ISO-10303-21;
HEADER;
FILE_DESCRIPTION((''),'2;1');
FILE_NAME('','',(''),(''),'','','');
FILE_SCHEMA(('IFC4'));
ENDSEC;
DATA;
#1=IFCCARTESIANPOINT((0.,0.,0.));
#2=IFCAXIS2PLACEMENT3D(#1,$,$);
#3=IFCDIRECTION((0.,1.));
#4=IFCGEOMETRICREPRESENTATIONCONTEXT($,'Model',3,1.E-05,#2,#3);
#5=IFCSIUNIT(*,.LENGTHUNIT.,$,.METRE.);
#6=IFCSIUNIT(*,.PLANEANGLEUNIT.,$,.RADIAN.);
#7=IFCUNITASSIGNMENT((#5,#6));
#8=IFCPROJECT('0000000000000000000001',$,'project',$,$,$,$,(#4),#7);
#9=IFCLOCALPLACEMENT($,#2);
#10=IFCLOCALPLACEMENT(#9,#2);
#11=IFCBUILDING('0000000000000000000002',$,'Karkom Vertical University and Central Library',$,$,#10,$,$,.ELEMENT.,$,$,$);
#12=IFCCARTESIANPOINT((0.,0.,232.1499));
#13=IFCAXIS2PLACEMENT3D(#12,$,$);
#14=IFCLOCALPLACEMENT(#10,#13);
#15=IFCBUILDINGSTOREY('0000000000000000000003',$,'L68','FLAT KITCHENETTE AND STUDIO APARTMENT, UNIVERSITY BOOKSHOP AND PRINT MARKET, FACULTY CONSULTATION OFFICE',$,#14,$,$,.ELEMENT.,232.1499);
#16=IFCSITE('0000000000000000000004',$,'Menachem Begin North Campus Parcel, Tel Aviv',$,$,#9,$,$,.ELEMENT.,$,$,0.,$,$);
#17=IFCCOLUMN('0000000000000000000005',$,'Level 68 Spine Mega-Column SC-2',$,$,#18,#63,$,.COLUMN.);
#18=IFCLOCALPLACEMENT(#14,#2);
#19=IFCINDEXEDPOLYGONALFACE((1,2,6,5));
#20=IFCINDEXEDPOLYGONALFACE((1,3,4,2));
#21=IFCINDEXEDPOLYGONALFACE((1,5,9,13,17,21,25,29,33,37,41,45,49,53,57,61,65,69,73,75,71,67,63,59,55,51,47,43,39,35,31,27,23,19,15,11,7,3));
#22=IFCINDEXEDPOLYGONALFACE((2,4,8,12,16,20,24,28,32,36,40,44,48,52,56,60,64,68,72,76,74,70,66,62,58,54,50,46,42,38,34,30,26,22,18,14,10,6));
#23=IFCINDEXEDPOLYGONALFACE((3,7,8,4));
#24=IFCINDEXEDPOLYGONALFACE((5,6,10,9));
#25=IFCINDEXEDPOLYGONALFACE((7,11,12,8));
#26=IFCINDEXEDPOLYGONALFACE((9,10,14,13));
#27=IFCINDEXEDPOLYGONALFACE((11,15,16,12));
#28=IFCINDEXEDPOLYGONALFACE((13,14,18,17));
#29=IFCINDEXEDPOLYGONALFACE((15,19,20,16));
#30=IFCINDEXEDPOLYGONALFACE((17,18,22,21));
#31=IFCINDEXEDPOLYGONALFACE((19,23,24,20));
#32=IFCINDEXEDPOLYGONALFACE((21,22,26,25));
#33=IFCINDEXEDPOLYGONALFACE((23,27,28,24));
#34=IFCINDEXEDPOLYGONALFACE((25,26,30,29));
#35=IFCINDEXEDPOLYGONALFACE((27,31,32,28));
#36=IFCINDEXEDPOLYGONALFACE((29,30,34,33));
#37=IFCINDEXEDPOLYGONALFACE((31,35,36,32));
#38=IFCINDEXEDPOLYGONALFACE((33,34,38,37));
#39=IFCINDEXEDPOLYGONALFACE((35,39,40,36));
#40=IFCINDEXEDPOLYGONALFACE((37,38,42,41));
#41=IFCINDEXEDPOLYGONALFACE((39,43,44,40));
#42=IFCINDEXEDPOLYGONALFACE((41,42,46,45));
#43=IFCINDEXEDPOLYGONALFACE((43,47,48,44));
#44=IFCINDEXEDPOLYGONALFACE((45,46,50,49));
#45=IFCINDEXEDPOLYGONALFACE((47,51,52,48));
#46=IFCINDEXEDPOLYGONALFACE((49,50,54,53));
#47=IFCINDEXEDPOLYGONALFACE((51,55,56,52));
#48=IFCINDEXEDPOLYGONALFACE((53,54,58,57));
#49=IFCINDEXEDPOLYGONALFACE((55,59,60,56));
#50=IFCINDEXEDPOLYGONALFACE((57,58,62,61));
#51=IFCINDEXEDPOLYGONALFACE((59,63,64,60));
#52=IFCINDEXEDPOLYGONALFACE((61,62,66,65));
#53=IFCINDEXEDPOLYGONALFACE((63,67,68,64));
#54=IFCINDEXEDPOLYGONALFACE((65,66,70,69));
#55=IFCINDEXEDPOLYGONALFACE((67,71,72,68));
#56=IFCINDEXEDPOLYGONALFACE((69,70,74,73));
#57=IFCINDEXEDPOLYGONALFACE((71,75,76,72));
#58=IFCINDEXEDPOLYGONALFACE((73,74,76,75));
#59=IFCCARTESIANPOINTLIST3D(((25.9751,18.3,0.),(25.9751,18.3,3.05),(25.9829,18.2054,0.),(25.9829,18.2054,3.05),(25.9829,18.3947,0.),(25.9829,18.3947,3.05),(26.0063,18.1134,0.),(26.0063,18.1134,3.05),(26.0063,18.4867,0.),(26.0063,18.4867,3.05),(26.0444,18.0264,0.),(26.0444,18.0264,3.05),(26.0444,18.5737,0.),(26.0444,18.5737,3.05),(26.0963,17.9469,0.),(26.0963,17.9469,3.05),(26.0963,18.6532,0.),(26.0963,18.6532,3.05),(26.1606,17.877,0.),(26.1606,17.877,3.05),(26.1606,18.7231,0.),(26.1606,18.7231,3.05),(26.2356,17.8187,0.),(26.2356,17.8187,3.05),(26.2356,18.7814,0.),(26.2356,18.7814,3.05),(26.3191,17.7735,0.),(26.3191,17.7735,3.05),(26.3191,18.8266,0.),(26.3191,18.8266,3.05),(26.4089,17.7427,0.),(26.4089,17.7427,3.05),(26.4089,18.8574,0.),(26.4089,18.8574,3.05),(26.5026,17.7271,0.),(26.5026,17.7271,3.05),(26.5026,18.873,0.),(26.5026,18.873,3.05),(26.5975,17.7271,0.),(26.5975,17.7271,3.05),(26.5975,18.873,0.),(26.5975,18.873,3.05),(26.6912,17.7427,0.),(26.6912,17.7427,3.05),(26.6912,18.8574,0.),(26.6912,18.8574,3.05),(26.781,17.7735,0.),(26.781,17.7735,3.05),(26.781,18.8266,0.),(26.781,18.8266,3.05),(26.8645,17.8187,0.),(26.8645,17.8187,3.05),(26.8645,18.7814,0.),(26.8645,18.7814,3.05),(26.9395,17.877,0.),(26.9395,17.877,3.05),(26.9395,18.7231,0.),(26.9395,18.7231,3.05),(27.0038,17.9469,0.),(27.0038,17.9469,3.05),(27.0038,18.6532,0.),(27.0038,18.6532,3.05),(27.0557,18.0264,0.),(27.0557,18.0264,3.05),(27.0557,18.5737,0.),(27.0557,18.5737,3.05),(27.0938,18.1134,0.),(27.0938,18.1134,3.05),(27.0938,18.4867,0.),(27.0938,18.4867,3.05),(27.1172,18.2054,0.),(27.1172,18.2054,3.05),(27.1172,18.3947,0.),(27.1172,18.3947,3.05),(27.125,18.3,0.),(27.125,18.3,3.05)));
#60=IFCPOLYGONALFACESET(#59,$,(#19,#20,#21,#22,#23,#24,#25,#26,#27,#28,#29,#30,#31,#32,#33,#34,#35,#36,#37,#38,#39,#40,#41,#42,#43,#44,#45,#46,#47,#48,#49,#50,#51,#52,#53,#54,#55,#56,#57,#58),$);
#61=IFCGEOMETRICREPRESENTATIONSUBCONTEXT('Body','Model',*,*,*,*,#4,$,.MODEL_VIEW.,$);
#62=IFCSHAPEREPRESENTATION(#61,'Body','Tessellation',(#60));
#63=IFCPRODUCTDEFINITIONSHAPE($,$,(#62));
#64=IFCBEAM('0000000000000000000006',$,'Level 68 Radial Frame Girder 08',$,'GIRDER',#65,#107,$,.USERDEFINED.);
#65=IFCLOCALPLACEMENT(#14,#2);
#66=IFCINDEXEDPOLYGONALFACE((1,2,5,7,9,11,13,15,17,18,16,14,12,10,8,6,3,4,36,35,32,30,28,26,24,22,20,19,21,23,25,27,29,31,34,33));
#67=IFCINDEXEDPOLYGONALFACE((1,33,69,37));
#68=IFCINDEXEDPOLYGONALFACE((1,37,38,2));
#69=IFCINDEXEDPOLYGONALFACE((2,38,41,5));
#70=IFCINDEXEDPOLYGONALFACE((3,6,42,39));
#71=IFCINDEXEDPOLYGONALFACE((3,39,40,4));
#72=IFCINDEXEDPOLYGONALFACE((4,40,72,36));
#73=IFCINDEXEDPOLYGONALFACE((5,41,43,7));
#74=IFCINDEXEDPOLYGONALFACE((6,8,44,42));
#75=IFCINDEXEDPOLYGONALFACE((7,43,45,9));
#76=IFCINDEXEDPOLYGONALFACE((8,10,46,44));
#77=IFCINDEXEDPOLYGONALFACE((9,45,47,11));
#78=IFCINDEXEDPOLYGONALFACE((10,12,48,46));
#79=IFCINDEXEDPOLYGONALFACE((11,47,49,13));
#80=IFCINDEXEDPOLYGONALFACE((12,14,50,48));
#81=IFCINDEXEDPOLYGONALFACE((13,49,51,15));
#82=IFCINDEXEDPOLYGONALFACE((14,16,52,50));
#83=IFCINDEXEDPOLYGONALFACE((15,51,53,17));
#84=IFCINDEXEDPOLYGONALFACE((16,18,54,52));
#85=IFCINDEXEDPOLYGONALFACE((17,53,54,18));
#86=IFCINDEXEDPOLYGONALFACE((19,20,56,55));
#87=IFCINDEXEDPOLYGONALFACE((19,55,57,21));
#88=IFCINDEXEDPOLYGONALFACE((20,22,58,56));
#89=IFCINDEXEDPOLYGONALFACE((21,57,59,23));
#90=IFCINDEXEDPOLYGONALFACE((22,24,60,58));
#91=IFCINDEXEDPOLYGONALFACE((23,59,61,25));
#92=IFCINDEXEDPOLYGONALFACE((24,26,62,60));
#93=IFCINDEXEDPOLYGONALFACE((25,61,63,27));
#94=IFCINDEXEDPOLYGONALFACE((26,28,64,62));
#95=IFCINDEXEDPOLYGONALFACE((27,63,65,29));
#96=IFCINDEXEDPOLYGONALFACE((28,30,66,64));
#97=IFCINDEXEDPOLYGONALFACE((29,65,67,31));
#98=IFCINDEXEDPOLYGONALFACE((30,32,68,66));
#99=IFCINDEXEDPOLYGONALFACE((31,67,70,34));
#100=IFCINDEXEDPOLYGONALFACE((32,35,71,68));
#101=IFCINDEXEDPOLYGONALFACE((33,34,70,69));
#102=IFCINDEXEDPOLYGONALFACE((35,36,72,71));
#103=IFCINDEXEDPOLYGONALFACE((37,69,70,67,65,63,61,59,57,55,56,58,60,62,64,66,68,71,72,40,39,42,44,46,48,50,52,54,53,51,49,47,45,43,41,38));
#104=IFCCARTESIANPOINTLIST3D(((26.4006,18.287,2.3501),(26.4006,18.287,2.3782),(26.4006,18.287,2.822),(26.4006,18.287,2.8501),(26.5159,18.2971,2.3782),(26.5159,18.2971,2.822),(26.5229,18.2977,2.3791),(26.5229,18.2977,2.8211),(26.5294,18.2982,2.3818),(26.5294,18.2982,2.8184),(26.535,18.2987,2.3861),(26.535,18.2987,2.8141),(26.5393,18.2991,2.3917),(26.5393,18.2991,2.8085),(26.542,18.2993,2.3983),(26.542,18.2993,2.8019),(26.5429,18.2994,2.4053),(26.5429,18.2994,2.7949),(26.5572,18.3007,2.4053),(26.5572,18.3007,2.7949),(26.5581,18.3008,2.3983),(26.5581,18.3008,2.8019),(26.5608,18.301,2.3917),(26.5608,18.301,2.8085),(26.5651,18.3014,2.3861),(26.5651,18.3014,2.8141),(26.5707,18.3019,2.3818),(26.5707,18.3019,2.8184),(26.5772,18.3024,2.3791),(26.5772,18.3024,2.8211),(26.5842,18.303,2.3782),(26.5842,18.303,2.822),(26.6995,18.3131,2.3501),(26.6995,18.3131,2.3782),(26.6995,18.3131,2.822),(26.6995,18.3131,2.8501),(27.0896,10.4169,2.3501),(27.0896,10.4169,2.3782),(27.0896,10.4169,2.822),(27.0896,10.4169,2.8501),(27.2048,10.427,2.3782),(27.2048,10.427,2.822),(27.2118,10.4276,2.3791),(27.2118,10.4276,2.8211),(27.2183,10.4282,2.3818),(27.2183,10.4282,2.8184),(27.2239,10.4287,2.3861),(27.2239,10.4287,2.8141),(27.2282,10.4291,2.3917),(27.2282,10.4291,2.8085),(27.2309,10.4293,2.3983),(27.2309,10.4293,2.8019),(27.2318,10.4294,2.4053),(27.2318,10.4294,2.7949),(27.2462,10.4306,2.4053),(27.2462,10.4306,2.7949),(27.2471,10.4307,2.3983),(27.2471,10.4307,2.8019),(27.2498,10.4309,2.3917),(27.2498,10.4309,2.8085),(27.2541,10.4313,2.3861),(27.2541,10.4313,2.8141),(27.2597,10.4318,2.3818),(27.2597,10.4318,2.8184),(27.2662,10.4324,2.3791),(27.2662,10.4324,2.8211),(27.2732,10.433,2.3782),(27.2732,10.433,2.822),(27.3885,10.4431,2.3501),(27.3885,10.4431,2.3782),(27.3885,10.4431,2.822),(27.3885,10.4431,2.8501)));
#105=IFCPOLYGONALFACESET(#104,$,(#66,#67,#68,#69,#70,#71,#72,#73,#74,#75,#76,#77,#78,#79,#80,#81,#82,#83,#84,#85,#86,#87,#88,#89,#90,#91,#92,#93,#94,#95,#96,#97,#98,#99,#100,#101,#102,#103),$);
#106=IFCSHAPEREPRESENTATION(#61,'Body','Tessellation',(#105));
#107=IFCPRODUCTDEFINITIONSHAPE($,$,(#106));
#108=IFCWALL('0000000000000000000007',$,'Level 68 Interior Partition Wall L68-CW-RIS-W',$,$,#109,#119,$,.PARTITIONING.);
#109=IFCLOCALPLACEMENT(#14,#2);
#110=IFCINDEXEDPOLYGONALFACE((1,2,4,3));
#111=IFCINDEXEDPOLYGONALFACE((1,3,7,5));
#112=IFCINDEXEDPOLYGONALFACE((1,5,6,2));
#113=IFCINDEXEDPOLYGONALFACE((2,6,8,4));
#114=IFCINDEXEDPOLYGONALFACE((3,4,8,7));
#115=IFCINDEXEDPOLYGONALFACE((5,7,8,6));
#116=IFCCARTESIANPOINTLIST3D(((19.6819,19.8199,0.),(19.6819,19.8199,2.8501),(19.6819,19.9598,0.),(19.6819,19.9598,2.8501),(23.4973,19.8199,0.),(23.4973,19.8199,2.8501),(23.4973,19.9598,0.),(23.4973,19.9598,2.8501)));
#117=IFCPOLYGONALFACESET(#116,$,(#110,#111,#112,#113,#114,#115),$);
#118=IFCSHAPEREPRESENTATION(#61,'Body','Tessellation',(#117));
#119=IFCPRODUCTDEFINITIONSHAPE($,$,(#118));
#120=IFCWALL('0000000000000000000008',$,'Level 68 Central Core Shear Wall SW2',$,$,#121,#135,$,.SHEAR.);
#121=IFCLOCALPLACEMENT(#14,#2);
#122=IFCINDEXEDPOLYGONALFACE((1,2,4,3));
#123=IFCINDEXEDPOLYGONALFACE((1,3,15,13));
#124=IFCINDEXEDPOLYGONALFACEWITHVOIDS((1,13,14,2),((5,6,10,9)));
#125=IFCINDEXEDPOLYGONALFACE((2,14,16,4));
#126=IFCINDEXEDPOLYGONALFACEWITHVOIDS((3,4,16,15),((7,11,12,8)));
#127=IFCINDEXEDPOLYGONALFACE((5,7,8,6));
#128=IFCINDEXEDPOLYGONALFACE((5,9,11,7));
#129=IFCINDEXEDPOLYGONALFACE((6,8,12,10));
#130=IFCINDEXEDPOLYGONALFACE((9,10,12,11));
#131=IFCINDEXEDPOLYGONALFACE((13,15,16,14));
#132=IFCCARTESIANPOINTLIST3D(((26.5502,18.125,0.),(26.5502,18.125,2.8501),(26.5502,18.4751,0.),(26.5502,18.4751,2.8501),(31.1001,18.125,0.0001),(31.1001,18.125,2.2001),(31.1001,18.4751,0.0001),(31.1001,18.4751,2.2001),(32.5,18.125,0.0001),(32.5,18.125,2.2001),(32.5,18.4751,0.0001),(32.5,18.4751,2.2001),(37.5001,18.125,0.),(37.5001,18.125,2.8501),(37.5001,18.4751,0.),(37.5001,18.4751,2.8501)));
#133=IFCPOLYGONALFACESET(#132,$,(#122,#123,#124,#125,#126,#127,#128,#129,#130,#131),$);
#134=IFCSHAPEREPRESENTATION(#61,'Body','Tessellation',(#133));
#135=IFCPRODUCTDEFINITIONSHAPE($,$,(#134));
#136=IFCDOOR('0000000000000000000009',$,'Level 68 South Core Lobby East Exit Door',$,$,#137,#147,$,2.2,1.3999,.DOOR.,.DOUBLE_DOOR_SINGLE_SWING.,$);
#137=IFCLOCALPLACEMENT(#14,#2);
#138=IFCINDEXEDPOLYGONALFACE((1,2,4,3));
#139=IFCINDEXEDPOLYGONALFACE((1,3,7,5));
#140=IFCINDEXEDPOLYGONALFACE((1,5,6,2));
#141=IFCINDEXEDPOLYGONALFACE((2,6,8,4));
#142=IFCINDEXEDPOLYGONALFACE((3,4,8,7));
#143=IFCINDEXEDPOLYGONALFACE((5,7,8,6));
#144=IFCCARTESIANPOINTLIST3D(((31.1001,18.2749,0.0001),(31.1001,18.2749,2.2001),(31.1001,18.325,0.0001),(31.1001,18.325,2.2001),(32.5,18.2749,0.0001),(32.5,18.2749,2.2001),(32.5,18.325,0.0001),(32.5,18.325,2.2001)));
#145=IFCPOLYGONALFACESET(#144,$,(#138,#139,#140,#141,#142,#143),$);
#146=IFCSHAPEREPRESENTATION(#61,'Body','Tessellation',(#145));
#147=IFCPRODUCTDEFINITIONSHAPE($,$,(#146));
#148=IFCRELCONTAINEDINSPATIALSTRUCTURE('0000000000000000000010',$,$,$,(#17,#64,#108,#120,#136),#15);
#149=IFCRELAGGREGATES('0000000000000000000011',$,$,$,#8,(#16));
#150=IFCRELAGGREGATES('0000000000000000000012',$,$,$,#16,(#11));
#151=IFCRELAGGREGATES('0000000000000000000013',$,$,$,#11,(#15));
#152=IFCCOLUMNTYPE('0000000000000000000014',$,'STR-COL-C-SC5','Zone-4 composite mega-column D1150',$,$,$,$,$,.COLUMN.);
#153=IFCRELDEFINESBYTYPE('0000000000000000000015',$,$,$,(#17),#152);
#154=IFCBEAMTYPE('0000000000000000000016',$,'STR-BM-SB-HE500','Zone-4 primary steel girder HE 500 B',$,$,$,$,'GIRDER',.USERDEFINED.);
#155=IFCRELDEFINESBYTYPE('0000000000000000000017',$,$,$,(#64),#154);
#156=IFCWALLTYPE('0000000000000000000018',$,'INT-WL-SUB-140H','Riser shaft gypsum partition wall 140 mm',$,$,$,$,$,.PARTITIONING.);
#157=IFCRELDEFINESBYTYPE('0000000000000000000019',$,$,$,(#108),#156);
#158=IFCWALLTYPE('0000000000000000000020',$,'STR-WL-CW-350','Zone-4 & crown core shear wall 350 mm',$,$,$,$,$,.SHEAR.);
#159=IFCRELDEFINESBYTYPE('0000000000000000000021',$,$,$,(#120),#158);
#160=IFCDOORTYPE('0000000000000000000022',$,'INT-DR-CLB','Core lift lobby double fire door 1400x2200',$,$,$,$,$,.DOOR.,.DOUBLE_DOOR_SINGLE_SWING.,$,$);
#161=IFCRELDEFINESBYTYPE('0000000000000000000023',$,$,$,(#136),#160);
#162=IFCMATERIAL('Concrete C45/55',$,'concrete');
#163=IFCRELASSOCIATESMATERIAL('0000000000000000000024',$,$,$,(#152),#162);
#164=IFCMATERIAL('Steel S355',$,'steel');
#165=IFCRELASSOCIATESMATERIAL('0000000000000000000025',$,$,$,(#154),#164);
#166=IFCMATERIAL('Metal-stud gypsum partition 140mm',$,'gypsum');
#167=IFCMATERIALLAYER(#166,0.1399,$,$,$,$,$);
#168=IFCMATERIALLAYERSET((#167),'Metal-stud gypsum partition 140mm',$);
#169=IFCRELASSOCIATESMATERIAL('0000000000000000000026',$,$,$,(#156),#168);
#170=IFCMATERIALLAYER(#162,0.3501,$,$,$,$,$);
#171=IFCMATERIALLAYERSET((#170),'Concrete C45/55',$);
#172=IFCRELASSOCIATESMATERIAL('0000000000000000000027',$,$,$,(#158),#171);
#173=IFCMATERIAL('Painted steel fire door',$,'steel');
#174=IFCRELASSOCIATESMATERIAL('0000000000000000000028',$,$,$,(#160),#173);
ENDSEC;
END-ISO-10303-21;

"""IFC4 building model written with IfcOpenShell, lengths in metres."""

from ifc_helpers import new_model, si_unit, direction, frame, frame_2d, origin, origin_with_axes, origin_2d, place, context, subcontext, project, spatial, rectangle, circle, i_section, extrude, source, transform, mapped, material, layer, layer_set, material_profile, profile_set, type_object, element, fill, save


model = new_model("IFC4")

# Units and contexts
model_context = context("Model", 3, precision=1e-05, world=origin(), true_north=direction((0.0, 1.0)))
body_context = subcontext(model_context, "Body", "Model", "MODEL_VIEW")
ifc_project = project(units=[si_unit("LENGTHUNIT", "METRE"), si_unit("PLANEANGLEUNIT", "RADIAN")], contexts=[model_context])

# Site, building, storey
site_placement = place(None, origin())
site = spatial("IfcSite", under=ifc_project, at=site_placement, Name="Menachem Begin North Campus Parcel, Tel Aviv", CompositionType="ELEMENT", RefElevation=0.0)
building_placement = place(site_placement, origin())
building = spatial("IfcBuilding", under=site, at=building_placement, Name="Karkom Vertical University and Central Library", CompositionType="ELEMENT")
storey_placement = place(building_placement, frame((0.0, 0.0, 232.1499)))
storey = spatial("IfcBuildingStorey", under=building, at=storey_placement, Name="L68", Description="FLAT KITCHENETTE AND STUDIO APARTMENT, UNIVERSITY BOOKSHOP AND PRINT MARKET, FACULTY CONSULTATION OFFICE", CompositionType="ELEMENT", Elevation=232.1499)

# Column
ifc_material_1 = material(Name="Concrete C45/55", Category="concrete")
ifc_material_profile_1 = material_profile(ifc_material_1, circle(Radius=0.575, at=origin_2d()), Name="CFT-D1150")
ifc_profile_set_1 = profile_set([ifc_material_profile_1], Name="Concrete C45/55")
column_type = type_object("IfcColumnType", Name="STR-COL-C-SC5", Description="Zone-4 composite mega-column D1150", PredefinedType="COLUMN", material=ifc_profile_set_1)
shared_shape_1 = source(origin_with_axes(), body_context, "Body", "SweptSolid", [
    extrude(circle(Radius=0.575, at=origin_2d()), origin(), (0.0, 0.0, 1.0), 3.05),
])
column_placement = place(storey_placement, frame((26.55, 18.3, 0.0), z_axis=(0.0, 0.0, 1.0), x_axis=(1.0, 0.0, 0.0)))
element("IfcColumn", 1, at=column_placement, inside=storey, type_object=column_type, Name="Level 68 Spine Mega-Column SC-2", PredefinedType="COLUMN", context=body_context, shape_type="MappedRepresentation", body=[
    mapped(shared_shape_1, transform((0.0, 0.0, 0.0), scale=1.0)),
])

# Beam
ifc_material_2 = material(Name="Steel S355", Category="steel")
ifc_material_profile_2 = material_profile(ifc_material_2, i_section(OverallWidth=0.3, OverallDepth=0.5, WebThickness=0.0144, FlangeThickness=0.0281, FilletRadius=0.0271, at=origin_2d()), Name="HE 500 B")
ifc_profile_set_2 = profile_set([ifc_material_profile_2], Name="Steel S355")
beam_type = type_object("IfcBeamType", Name="STR-BM-SB-HE500", Description="Zone-4 primary steel girder HE 500 B", ElementType="GIRDER", PredefinedType="USERDEFINED", material=ifc_profile_set_2)
shared_shape_2 = source(origin_with_axes(), body_context, "Body", "SweptSolid", [
    extrude(i_section(OverallWidth=0.3, OverallDepth=0.5, WebThickness=0.0144, FlangeThickness=0.0281, FilletRadius=0.0271, at=origin_2d()), origin(), (0.0, 0.0, 1.0), 7.9001),
])
beam_placement = place(storey_placement, frame((26.55, 18.3, 2.6001), z_axis=(0.087208, -0.99619, 0.0), x_axis=(0.99619, 0.087208, 0.0)))
element("IfcBeam", 2, at=beam_placement, inside=storey, type_object=beam_type, Name="Level 68 Radial Frame Girder 08", ObjectType="GIRDER", PredefinedType="USERDEFINED", context=body_context, shape_type="MappedRepresentation", body=[
    mapped(shared_shape_2, transform((0.0, 0.0, 0.0), scale=1.0)),
])

# Wall
ifc_material_3 = material(Name="Metal-stud gypsum partition 140mm", Category="gypsum")
ifc_layer_1 = layer(ifc_material_3, 0.1399)
ifc_layer_set_1 = layer_set([ifc_layer_1], Name="Metal-stud gypsum partition 140mm")
wall_type_1 = type_object("IfcWallType", Name="INT-WL-SUB-140H", Description="Riser shaft gypsum partition wall 140 mm", PredefinedType="PARTITIONING", material=ifc_layer_set_1)
wall_1_placement = place(storey_placement, frame((19.6819, 19.8899, 0.0), z_axis=(0.0, 0.0, 1.0), x_axis=(1.0, 0.0, 0.0)))
element("IfcWall", 3, at=wall_1_placement, inside=storey, type_object=wall_type_1, Name="Level 68 Interior Partition Wall L68-CW-RIS-W", PredefinedType="PARTITIONING", context=body_context, shape_type="SweptSolid", body=[
    extrude(rectangle(XDim=3.8154, YDim=0.1399, at=frame_2d((1.9077, 0.0))), origin(), (0.0, 0.0, 1.0), 2.8501),
])

# Wall, opening, door
ifc_layer_2 = layer(ifc_material_1, 0.3501)
ifc_layer_set_2 = layer_set([ifc_layer_2], Name="Concrete C45/55")
wall_type_2 = type_object("IfcWallType", Name="STR-WL-CW-350", Description="Zone-4 & crown core shear wall 350 mm", PredefinedType="SHEAR", material=ifc_layer_set_2)
wall_2_placement = place(storey_placement, frame((26.55, 18.3, 0.0), z_axis=(0.0, 0.0, 1.0), x_axis=(1.0, 0.0, 0.0)))
wall_2 = element("IfcWall", 4, at=wall_2_placement, inside=storey, type_object=wall_type_2, Name="Level 68 Central Core Shear Wall SW2", PredefinedType="SHEAR", context=body_context, shape_type="SweptSolid", body=[
    extrude(rectangle(XDim=10.95, YDim=0.3501, at=frame_2d((5.4751, 0.0))), origin(), (0.0, 0.0, 1.0), 2.8501),
])
opening_1_placement = place(wall_2_placement, frame((4.55, 0.0, 0.0)))
opening_1 = element("IfcOpeningElement", 5, at=opening_1_placement, cuts=wall_2, PredefinedType="OPENING", context=body_context, shape_type="SweptSolid", body=[
    extrude(rectangle(XDim=1.3999, YDim=2.2, at=frame_2d((0.7, 1.1001))), frame((0.0, 0.1851, 0.0), z_axis=(0.0, -1.0, 0.0), x_axis=(1.0, 0.0, 0.0)), (0.0, 0.0, 1.0), 0.3701),
])
ifc_material_4 = material(Name="Painted steel fire door", Category="steel")
door_type_1 = type_object("IfcDoorType", Name="INT-DR-CLB", Description="Core lift lobby double fire door 1400x2200", OperationType="DOUBLE_DOOR_SINGLE_SWING", PredefinedType="DOOR", material=ifc_material_4)
shared_shape_3 = source(origin_with_axes(), body_context, "Body", "SweptSolid", [
    extrude(rectangle(XDim=1.3999, YDim=2.2, at=frame_2d((0.7, 1.1001))), frame((0.0, 0.0249, 0.0), z_axis=(0.0, -1.0, 0.0), x_axis=(1.0, 0.0, 0.0)), (0.0, 0.0, 1.0), 0.05),
])
door_1_placement = place(opening_1_placement, origin())
door_1 = element("IfcDoor", 6, at=door_1_placement, inside=storey, type_object=door_type_1, Name="Level 68 South Core Lobby East Exit Door", OperationType="DOUBLE_DOOR_SINGLE_SWING", OverallHeight=2.2, OverallWidth=1.3999, PredefinedType="DOOR", context=body_context, shape_type="MappedRepresentation", body=[
    mapped(shared_shape_3, transform((0.0, 0.0, 0.0), scale=1.0)),
])
fill(opening_1, door_1)

save(model, "model.ifc")
